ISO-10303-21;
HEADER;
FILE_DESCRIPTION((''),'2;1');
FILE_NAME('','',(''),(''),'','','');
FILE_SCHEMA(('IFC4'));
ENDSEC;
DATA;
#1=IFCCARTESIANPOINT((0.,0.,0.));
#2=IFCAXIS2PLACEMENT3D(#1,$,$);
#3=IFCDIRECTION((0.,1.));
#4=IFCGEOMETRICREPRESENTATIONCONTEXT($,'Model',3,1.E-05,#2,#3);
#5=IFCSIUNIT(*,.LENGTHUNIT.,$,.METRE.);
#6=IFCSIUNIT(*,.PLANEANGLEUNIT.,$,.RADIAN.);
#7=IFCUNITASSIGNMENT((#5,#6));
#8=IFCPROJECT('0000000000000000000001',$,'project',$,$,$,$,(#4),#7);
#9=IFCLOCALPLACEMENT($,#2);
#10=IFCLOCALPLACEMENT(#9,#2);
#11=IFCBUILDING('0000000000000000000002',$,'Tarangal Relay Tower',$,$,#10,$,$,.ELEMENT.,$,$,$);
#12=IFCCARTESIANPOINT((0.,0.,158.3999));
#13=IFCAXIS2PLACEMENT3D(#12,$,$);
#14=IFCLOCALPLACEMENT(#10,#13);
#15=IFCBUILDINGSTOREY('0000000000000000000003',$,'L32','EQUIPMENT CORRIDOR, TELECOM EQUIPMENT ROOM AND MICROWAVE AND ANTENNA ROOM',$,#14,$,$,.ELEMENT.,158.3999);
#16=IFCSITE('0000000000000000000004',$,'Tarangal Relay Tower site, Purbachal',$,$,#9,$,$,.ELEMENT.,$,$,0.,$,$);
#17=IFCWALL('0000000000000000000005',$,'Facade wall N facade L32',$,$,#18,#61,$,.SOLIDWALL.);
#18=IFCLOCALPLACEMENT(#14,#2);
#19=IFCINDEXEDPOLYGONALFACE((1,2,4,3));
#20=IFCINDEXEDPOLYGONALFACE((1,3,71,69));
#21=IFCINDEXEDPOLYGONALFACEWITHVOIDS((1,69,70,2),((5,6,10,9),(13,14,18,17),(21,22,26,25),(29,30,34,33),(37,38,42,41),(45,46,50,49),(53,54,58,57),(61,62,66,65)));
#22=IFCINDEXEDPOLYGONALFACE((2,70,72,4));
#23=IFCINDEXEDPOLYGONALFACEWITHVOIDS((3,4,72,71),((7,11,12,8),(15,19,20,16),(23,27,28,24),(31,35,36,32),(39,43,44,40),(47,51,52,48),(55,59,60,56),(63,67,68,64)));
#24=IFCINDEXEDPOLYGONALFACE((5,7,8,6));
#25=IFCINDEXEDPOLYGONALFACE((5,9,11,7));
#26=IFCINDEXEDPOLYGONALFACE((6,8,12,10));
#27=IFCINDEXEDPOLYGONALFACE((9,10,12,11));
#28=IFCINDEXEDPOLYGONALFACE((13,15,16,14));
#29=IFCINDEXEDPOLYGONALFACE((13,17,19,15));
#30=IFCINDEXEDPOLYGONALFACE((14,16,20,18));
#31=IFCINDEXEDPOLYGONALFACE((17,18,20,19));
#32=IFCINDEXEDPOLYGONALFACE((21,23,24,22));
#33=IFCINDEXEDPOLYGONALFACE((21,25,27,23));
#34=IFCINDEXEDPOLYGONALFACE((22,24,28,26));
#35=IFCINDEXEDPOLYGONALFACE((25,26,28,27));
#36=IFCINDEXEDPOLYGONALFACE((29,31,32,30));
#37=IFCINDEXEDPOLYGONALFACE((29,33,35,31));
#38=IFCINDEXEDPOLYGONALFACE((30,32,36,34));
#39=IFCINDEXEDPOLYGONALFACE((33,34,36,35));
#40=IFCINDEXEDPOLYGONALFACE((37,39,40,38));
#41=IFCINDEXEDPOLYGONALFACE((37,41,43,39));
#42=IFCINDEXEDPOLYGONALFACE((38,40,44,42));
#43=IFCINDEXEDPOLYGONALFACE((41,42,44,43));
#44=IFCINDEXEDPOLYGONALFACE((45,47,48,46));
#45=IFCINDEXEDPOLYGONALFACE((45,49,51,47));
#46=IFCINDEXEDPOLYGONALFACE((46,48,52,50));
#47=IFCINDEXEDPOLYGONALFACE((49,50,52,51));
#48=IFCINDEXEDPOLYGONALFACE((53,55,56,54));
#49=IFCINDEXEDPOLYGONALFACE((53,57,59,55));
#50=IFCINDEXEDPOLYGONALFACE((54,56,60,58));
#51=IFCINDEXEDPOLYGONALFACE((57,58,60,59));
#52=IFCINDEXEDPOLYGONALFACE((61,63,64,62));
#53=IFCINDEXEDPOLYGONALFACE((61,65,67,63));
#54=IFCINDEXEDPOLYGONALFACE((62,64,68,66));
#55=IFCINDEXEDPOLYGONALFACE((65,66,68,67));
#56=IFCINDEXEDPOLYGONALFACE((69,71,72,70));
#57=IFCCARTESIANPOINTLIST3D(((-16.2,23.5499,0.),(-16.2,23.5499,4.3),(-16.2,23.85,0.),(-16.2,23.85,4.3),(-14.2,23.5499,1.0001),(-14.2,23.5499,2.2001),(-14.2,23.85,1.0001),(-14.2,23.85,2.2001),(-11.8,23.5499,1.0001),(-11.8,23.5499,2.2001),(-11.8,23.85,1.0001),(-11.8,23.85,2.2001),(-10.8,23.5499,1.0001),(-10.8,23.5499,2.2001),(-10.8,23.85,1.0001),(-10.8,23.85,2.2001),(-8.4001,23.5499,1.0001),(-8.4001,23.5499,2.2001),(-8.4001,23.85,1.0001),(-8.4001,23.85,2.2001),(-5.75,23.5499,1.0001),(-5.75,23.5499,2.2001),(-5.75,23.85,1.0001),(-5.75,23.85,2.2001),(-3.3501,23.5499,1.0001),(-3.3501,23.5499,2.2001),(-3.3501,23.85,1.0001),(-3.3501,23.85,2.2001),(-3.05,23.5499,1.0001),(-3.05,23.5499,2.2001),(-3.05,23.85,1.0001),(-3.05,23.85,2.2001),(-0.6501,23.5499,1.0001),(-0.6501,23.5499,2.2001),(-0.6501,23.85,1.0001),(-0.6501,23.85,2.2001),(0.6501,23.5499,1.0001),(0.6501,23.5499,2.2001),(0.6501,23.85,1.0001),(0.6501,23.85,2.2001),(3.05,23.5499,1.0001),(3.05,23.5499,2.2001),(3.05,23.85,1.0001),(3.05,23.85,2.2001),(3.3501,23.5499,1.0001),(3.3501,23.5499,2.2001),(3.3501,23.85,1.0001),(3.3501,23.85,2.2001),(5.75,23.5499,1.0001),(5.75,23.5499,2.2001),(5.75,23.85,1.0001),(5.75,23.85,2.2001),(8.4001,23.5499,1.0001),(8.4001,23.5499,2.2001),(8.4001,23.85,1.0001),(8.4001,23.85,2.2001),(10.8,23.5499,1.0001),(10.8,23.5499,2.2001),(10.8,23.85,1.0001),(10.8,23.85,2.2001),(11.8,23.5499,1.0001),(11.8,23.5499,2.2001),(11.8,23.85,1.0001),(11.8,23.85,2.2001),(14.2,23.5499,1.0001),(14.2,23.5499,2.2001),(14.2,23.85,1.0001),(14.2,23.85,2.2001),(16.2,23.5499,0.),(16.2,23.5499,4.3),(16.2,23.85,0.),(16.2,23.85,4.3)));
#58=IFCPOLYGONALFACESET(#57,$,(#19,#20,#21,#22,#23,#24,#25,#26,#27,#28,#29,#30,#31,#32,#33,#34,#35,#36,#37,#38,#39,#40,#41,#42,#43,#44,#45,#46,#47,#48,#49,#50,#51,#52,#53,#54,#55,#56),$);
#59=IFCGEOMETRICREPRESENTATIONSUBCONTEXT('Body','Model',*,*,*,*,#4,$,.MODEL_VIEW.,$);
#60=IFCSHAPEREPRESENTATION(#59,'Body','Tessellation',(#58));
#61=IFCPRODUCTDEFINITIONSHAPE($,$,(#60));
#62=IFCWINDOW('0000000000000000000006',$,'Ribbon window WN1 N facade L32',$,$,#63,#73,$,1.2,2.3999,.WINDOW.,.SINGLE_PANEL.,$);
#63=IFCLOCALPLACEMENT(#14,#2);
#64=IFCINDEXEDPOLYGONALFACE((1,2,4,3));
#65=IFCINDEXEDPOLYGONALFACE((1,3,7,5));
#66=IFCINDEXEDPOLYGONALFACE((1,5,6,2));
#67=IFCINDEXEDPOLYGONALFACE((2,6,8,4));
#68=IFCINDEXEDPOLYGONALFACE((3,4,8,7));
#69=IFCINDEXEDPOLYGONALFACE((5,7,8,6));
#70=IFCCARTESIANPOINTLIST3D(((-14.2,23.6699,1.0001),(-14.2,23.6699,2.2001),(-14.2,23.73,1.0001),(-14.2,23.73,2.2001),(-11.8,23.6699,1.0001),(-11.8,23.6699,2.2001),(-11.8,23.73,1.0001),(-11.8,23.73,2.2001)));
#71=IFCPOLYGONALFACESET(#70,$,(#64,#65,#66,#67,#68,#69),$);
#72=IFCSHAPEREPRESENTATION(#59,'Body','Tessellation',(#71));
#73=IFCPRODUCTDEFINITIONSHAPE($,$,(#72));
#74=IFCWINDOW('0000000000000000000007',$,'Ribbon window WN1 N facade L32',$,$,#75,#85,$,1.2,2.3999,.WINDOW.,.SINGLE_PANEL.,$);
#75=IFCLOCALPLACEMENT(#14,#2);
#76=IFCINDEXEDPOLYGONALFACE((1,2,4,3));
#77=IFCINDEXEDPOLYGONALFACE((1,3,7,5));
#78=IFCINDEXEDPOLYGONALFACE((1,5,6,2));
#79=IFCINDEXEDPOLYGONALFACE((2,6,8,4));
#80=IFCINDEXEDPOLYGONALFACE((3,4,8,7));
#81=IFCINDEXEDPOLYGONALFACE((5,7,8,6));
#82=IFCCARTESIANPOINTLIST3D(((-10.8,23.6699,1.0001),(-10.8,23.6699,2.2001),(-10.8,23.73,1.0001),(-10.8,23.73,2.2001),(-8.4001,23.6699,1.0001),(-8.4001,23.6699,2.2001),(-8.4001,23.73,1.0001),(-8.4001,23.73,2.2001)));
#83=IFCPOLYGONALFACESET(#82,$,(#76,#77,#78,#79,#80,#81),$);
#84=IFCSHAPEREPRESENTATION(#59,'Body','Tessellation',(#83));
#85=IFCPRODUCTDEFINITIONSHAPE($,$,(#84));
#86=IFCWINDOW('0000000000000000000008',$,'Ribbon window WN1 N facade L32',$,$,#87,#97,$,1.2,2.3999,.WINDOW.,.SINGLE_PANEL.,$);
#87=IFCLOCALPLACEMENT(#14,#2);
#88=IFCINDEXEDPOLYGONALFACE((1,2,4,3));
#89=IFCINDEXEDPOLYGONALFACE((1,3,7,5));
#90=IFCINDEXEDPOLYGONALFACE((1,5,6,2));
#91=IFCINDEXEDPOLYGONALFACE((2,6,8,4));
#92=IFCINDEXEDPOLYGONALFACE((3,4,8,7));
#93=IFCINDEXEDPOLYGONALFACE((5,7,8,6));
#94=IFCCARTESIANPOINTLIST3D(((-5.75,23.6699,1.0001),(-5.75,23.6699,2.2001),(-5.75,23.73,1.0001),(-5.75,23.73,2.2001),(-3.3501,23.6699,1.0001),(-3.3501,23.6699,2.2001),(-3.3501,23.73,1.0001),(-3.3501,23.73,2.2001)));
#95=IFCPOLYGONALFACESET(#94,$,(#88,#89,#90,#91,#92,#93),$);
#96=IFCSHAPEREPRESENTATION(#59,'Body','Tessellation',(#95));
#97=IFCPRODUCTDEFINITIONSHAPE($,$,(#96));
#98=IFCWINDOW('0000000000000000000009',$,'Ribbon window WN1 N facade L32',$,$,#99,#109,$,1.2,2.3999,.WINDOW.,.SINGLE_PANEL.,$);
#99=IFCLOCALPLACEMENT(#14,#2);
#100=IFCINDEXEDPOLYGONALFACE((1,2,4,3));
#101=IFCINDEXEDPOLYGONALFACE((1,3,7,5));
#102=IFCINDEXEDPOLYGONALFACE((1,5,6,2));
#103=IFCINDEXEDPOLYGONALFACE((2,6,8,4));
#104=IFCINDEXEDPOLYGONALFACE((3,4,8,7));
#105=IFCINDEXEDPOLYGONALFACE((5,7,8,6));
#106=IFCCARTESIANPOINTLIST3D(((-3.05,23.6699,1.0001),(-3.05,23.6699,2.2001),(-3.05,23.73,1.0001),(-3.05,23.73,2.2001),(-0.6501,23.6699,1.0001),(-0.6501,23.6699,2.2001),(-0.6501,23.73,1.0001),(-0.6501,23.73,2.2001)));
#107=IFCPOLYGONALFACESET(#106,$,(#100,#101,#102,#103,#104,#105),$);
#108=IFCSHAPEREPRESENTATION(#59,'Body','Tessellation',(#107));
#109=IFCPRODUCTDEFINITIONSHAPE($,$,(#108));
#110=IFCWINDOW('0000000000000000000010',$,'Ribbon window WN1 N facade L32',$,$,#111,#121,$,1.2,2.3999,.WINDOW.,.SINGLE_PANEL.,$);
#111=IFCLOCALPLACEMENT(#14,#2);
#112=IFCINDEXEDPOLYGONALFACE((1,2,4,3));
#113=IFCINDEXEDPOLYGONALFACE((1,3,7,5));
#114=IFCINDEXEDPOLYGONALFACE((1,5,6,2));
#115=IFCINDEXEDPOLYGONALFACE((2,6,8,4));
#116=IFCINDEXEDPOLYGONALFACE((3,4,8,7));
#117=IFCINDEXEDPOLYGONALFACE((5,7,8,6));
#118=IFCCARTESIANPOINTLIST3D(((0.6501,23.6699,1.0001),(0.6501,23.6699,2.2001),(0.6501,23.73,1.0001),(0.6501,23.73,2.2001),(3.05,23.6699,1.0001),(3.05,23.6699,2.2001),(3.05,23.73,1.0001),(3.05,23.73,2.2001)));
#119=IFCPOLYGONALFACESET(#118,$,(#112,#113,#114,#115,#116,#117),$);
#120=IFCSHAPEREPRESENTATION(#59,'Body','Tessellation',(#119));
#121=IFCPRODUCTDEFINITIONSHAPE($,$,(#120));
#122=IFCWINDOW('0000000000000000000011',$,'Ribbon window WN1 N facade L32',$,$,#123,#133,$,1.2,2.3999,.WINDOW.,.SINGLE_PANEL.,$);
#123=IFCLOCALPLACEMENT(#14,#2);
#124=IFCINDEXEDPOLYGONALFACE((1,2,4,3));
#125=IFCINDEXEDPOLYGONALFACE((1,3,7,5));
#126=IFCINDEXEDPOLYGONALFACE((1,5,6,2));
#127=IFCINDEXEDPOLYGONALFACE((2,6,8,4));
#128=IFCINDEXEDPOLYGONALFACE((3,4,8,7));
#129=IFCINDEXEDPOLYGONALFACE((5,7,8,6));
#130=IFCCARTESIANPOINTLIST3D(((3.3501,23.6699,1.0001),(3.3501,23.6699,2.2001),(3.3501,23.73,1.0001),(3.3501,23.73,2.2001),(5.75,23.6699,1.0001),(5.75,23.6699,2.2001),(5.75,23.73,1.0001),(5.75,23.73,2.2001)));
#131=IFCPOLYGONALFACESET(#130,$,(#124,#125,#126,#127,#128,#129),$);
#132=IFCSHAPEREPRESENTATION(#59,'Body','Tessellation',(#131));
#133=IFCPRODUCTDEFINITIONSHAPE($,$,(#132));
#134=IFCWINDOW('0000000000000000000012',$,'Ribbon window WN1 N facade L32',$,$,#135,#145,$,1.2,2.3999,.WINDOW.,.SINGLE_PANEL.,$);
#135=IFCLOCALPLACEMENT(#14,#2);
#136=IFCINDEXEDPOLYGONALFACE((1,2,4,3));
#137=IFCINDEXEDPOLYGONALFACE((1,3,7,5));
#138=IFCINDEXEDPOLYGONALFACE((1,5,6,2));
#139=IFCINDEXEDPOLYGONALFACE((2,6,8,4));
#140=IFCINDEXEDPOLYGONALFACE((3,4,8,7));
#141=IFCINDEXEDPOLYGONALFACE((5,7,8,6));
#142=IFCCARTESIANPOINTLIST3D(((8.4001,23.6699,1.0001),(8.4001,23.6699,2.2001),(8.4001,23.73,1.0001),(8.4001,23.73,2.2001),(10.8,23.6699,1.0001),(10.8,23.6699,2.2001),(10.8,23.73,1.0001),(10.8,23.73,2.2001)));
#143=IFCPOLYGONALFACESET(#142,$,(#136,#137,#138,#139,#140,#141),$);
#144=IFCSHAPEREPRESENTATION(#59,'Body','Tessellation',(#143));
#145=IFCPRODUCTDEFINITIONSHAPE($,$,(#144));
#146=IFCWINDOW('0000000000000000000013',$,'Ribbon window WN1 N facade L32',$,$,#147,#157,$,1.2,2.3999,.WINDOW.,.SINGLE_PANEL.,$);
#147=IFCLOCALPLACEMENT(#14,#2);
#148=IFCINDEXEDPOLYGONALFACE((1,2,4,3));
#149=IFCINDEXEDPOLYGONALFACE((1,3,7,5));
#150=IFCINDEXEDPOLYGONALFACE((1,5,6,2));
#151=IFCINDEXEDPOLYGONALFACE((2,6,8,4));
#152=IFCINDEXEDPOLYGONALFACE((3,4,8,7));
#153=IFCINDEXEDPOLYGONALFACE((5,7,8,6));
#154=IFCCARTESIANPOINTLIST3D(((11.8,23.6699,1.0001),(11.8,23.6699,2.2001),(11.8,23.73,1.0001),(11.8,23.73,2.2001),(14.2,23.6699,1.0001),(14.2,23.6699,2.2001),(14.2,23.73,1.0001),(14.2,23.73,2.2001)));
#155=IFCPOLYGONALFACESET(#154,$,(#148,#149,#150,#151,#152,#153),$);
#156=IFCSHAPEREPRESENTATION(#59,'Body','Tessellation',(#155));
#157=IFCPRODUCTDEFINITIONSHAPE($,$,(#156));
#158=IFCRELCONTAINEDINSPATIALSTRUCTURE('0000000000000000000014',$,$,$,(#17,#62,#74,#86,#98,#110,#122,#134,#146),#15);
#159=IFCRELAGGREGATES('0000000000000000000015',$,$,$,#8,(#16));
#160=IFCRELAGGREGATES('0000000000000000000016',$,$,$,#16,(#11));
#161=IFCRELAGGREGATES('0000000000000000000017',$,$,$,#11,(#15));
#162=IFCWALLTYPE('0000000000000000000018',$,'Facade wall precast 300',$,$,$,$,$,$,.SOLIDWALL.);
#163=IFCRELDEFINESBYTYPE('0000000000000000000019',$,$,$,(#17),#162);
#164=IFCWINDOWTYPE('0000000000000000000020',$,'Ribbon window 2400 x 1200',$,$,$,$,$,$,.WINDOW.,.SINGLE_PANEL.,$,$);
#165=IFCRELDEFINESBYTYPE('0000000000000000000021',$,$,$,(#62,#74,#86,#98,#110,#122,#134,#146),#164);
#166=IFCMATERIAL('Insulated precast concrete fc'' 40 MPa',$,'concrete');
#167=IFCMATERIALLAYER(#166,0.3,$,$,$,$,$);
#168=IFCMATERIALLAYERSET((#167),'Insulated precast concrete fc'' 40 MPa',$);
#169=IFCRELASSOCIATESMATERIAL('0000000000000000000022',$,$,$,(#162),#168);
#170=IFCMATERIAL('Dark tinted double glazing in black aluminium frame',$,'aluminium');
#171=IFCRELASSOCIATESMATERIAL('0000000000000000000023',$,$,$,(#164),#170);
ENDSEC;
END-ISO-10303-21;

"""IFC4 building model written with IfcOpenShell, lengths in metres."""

from ifc_helpers import new_model, si_unit, direction, frame, frame_2d, origin, place, context, subcontext, project, spatial, rectangle, extrude, material, layer, layer_set, type_object, element, fill, save


model = new_model("IFC4")

# Units and contexts
model_context = context("Model", 3, precision=1e-05, world=origin(), true_north=direction((0.0, 1.0)))
body_context = subcontext(model_context, "Body", "Model", "MODEL_VIEW")
ifc_project = project(units=[si_unit("LENGTHUNIT", "METRE"), si_unit("PLANEANGLEUNIT", "RADIAN")], contexts=[model_context])

# Site, building, storey
site_placement = place(None, origin())
site = spatial("IfcSite", under=ifc_project, at=site_placement, Name="Tarangal Relay Tower site, Purbachal", CompositionType="ELEMENT", RefElevation=0.0)
building_placement = place(site_placement, origin())
building = spatial("IfcBuilding", under=site, at=building_placement, Name="Tarangal Relay Tower", CompositionType="ELEMENT")
storey_placement = place(building_placement, frame((0.0, 0.0, 158.3999)))
storey = spatial("IfcBuildingStorey", under=building, at=storey_placement, Name="L32", Description="EQUIPMENT CORRIDOR, TELECOM EQUIPMENT ROOM AND MICROWAVE AND ANTENNA ROOM", CompositionType="ELEMENT", Elevation=158.3999)

# Wall, openings, windows
ifc_material_1 = material(Name="Insulated precast concrete fc' 40 MPa", Category="concrete")
ifc_layer_1 = layer(ifc_material_1, 0.3)
ifc_layer_set_1 = layer_set([ifc_layer_1], Name="Insulated precast concrete fc' 40 MPa")
wall_type_1 = type_object("IfcWallType", Name="Facade wall precast 300", PredefinedType="SOLIDWALL", material=ifc_layer_set_1)
wall_1_placement = place(storey_placement, frame((-16.2, 23.7, 0.0), z_axis=(0.0, 0.0, 1.0), x_axis=(1.0, 0.0, 0.0)))
wall_1 = element("IfcWall", 1, at=wall_1_placement, inside=storey, type_object=wall_type_1, Name="Facade wall N facade L32", PredefinedType="SOLIDWALL", context=body_context, shape_type="SweptSolid", body=[
    extrude(rectangle(XDim=32.3999, YDim=0.3, at=frame_2d((16.2, 0.0))), origin(), (0.0, 0.0, 1.0), 4.3),
])
opening_1_placement = place(wall_1_placement, frame((2.0, 0.0, 1.0)))
opening_1 = element("IfcOpeningElement", 2, at=opening_1_placement, cuts=wall_1, PredefinedType="OPENING", context=body_context, shape_type="SweptSolid", body=[
    extrude(rectangle(XDim=2.3999, YDim=1.2, at=frame_2d((1.2, 0.6001))), frame((0.0, 0.1599, 0.0), z_axis=(0.0, -1.0, 0.0), x_axis=(1.0, 0.0, 0.0)), (0.0, 0.0, 1.0), 0.3201),
])
opening_2_placement = place(wall_1_placement, frame((5.3999, 0.0, 1.0)))
opening_2 = element("IfcOpeningElement", 3, at=opening_2_placement, cuts=wall_1, PredefinedType="OPENING", context=body_context, shape_type="SweptSolid", body=[
    extrude(rectangle(XDim=2.3999, YDim=1.2, at=frame_2d((1.2, 0.6001))), frame((0.0, 0.1599, 0.0), z_axis=(0.0, -1.0, 0.0), x_axis=(1.0, 0.0, 0.0)), (0.0, 0.0, 1.0), 0.3201),
])
opening_3_placement = place(wall_1_placement, frame((10.45, 0.0, 1.0)))
opening_3 = element("IfcOpeningElement", 4, at=opening_3_placement, cuts=wall_1, PredefinedType="OPENING", context=body_context, shape_type="SweptSolid", body=[
    extrude(rectangle(XDim=2.3999, YDim=1.2, at=frame_2d((1.2, 0.6001))), frame((0.0, 0.1599, 0.0), z_axis=(0.0, -1.0, 0.0), x_axis=(1.0, 0.0, 0.0)), (0.0, 0.0, 1.0), 0.3201),
])
opening_4_placement = place(wall_1_placement, frame((13.1499, 0.0, 1.0)))
opening_4 = element("IfcOpeningElement", 5, at=opening_4_placement, cuts=wall_1, PredefinedType="OPENING", context=body_context, shape_type="SweptSolid", body=[
    extrude(rectangle(XDim=2.3999, YDim=1.2, at=frame_2d((1.2, 0.6001))), frame((0.0, 0.1599, 0.0), z_axis=(0.0, -1.0, 0.0), x_axis=(1.0, 0.0, 0.0)), (0.0, 0.0, 1.0), 0.3201),
])
opening_5_placement = place(wall_1_placement, frame((16.8501, 0.0, 1.0)))
opening_5 = element("IfcOpeningElement", 6, at=opening_5_placement, cuts=wall_1, PredefinedType="OPENING", context=body_context, shape_type="SweptSolid", body=[
    extrude(rectangle(XDim=2.3999, YDim=1.2, at=frame_2d((1.2, 0.6001))), frame((0.0, 0.1599, 0.0), z_axis=(0.0, -1.0, 0.0), x_axis=(1.0, 0.0, 0.0)), (0.0, 0.0, 1.0), 0.3201),
])
opening_6_placement = place(wall_1_placement, frame((19.55, 0.0, 1.0)))
opening_6 = element("IfcOpeningElement", 7, at=opening_6_placement, cuts=wall_1, PredefinedType="OPENING", context=body_context, shape_type="SweptSolid", body=[
    extrude(rectangle(XDim=2.3999, YDim=1.2, at=frame_2d((1.2, 0.6001))), frame((0.0, 0.1599, 0.0), z_axis=(0.0, -1.0, 0.0), x_axis=(1.0, 0.0, 0.0)), (0.0, 0.0, 1.0), 0.3201),
])
opening_7_placement = place(wall_1_placement, frame((24.6001, 0.0, 1.0)))
opening_7 = element("IfcOpeningElement", 8, at=opening_7_placement, cuts=wall_1, PredefinedType="OPENING", context=body_context, shape_type="SweptSolid", body=[
    extrude(rectangle(XDim=2.3999, YDim=1.2, at=frame_2d((1.2, 0.6001))), frame((0.0, 0.1599, 0.0), z_axis=(0.0, -1.0, 0.0), x_axis=(1.0, 0.0, 0.0)), (0.0, 0.0, 1.0), 0.3201),
])
opening_8_placement = place(wall_1_placement, frame((28.0, 0.0, 1.0)))
opening_8 = element("IfcOpeningElement", 9, at=opening_8_placement, cuts=wall_1, PredefinedType="OPENING", context=body_context, shape_type="SweptSolid", body=[
    extrude(rectangle(XDim=2.3999, YDim=1.2, at=frame_2d((1.2, 0.6001))), frame((0.0, 0.1599, 0.0), z_axis=(0.0, -1.0, 0.0), x_axis=(1.0, 0.0, 0.0)), (0.0, 0.0, 1.0), 0.3201),
])
ifc_material_2 = material(Name="Dark tinted double glazing in black aluminium frame", Category="aluminium")
window_type = type_object("IfcWindowType", Name="Ribbon window 2400 x 1200", PartitioningType="SINGLE_PANEL", PredefinedType="WINDOW", material=ifc_material_2)
window_1_placement = place(opening_1_placement, origin())
window_1 = element("IfcWindow", 10, at=window_1_placement, inside=storey, type_object=window_type, Name="Ribbon window WN1 N facade L32", OverallHeight=1.2, OverallWidth=2.3999, PartitioningType="SINGLE_PANEL", PredefinedType="WINDOW", context=body_context, shape_type="SweptSolid", body=[
    extrude(rectangle(XDim=2.3999, YDim=1.2, at=frame_2d((1.2, 0.6001))), frame((0.0, 0.03, 0.0), z_axis=(0.0, -1.0, 0.0), x_axis=(1.0, 0.0, 0.0)), (0.0, 0.0, 1.0), 0.0601),
])
fill(opening_1, window_1)
window_2_placement = place(opening_2_placement, origin())
window_2 = element("IfcWindow", 11, at=window_2_placement, inside=storey, type_object=window_type, Name="Ribbon window WN1 N facade L32", OverallHeight=1.2, OverallWidth=2.3999, PartitioningType="SINGLE_PANEL", PredefinedType="WINDOW", context=body_context, shape_type="SweptSolid", body=[
    extrude(rectangle(XDim=2.3999, YDim=1.2, at=frame_2d((1.2, 0.6001))), frame((0.0, 0.03, 0.0), z_axis=(0.0, -1.0, 0.0), x_axis=(1.0, 0.0, 0.0)), (0.0, 0.0, 1.0), 0.0601),
])
fill(opening_2, window_2)
window_3_placement = place(opening_3_placement, origin())
window_3 = element("IfcWindow", 12, at=window_3_placement, inside=storey, type_object=window_type, Name="Ribbon window WN1 N facade L32", OverallHeight=1.2, OverallWidth=2.3999, PartitioningType="SINGLE_PANEL", PredefinedType="WINDOW", context=body_context, shape_type="SweptSolid", body=[
    extrude(rectangle(XDim=2.3999, YDim=1.2, at=frame_2d((1.2, 0.6001))), frame((0.0, 0.03, 0.0), z_axis=(0.0, -1.0, 0.0), x_axis=(1.0, 0.0, 0.0)), (0.0, 0.0, 1.0), 0.0601),
])
fill(opening_3, window_3)
window_4_placement = place(opening_4_placement, origin())
window_4 = element("IfcWindow", 13, at=window_4_placement, inside=storey, type_object=window_type, Name="Ribbon window WN1 N facade L32", OverallHeight=1.2, OverallWidth=2.3999, PartitioningType="SINGLE_PANEL", PredefinedType="WINDOW", context=body_context, shape_type="SweptSolid", body=[
    extrude(rectangle(XDim=2.3999, YDim=1.2, at=frame_2d((1.2, 0.6001))), frame((0.0, 0.03, 0.0), z_axis=(0.0, -1.0, 0.0), x_axis=(1.0, 0.0, 0.0)), (0.0, 0.0, 1.0), 0.0601),
])
fill(opening_4, window_4)
window_5_placement = place(opening_5_placement, origin())
window_5 = element("IfcWindow", 14, at=window_5_placement, inside=storey, type_object=window_type, Name="Ribbon window WN1 N facade L32", OverallHeight=1.2, OverallWidth=2.3999, PartitioningType="SINGLE_PANEL", PredefinedType="WINDOW", context=body_context, shape_type="SweptSolid", body=[
    extrude(rectangle(XDim=2.3999, YDim=1.2, at=frame_2d((1.2, 0.6001))), frame((0.0, 0.03, 0.0), z_axis=(0.0, -1.0, 0.0), x_axis=(1.0, 0.0, 0.0)), (0.0, 0.0, 1.0), 0.0601),
])
fill(opening_5, window_5)
window_6_placement = place(opening_6_placement, origin())
window_6 = element("IfcWindow", 15, at=window_6_placement, inside=storey, type_object=window_type, Name="Ribbon window WN1 N facade L32", OverallHeight=1.2, OverallWidth=2.3999, PartitioningType="SINGLE_PANEL", PredefinedType="WINDOW", context=body_context, shape_type="SweptSolid", body=[
    extrude(rectangle(XDim=2.3999, YDim=1.2, at=frame_2d((1.2, 0.6001))), frame((0.0, 0.03, 0.0), z_axis=(0.0, -1.0, 0.0), x_axis=(1.0, 0.0, 0.0)), (0.0, 0.0, 1.0), 0.0601),
])
fill(opening_6, window_6)
window_7_placement = place(opening_7_placement, origin())
window_7 = element("IfcWindow", 16, at=window_7_placement, inside=storey, type_object=window_type, Name="Ribbon window WN1 N facade L32", OverallHeight=1.2, OverallWidth=2.3999, PartitioningType="SINGLE_PANEL", PredefinedType="WINDOW", context=body_context, shape_type="SweptSolid", body=[
    extrude(rectangle(XDim=2.3999, YDim=1.2, at=frame_2d((1.2, 0.6001))), frame((0.0, 0.03, 0.0), z_axis=(0.0, -1.0, 0.0), x_axis=(1.0, 0.0, 0.0)), (0.0, 0.0, 1.0), 0.0601),
])
fill(opening_7, window_7)
window_8_placement = place(opening_8_placement, origin())
window_8 = element("IfcWindow", 17, at=window_8_placement, inside=storey, type_object=window_type, Name="Ribbon window WN1 N facade L32", OverallHeight=1.2, OverallWidth=2.3999, PartitioningType="SINGLE_PANEL", PredefinedType="WINDOW", context=body_context, shape_type="SweptSolid", body=[
    extrude(rectangle(XDim=2.3999, YDim=1.2, at=frame_2d((1.2, 0.6001))), frame((0.0, 0.03, 0.0), z_axis=(0.0, -1.0, 0.0), x_axis=(1.0, 0.0, 0.0)), (0.0, 0.0, 1.0), 0.0601),
])
fill(opening_8, window_8)

save(model, "model.ifc")
